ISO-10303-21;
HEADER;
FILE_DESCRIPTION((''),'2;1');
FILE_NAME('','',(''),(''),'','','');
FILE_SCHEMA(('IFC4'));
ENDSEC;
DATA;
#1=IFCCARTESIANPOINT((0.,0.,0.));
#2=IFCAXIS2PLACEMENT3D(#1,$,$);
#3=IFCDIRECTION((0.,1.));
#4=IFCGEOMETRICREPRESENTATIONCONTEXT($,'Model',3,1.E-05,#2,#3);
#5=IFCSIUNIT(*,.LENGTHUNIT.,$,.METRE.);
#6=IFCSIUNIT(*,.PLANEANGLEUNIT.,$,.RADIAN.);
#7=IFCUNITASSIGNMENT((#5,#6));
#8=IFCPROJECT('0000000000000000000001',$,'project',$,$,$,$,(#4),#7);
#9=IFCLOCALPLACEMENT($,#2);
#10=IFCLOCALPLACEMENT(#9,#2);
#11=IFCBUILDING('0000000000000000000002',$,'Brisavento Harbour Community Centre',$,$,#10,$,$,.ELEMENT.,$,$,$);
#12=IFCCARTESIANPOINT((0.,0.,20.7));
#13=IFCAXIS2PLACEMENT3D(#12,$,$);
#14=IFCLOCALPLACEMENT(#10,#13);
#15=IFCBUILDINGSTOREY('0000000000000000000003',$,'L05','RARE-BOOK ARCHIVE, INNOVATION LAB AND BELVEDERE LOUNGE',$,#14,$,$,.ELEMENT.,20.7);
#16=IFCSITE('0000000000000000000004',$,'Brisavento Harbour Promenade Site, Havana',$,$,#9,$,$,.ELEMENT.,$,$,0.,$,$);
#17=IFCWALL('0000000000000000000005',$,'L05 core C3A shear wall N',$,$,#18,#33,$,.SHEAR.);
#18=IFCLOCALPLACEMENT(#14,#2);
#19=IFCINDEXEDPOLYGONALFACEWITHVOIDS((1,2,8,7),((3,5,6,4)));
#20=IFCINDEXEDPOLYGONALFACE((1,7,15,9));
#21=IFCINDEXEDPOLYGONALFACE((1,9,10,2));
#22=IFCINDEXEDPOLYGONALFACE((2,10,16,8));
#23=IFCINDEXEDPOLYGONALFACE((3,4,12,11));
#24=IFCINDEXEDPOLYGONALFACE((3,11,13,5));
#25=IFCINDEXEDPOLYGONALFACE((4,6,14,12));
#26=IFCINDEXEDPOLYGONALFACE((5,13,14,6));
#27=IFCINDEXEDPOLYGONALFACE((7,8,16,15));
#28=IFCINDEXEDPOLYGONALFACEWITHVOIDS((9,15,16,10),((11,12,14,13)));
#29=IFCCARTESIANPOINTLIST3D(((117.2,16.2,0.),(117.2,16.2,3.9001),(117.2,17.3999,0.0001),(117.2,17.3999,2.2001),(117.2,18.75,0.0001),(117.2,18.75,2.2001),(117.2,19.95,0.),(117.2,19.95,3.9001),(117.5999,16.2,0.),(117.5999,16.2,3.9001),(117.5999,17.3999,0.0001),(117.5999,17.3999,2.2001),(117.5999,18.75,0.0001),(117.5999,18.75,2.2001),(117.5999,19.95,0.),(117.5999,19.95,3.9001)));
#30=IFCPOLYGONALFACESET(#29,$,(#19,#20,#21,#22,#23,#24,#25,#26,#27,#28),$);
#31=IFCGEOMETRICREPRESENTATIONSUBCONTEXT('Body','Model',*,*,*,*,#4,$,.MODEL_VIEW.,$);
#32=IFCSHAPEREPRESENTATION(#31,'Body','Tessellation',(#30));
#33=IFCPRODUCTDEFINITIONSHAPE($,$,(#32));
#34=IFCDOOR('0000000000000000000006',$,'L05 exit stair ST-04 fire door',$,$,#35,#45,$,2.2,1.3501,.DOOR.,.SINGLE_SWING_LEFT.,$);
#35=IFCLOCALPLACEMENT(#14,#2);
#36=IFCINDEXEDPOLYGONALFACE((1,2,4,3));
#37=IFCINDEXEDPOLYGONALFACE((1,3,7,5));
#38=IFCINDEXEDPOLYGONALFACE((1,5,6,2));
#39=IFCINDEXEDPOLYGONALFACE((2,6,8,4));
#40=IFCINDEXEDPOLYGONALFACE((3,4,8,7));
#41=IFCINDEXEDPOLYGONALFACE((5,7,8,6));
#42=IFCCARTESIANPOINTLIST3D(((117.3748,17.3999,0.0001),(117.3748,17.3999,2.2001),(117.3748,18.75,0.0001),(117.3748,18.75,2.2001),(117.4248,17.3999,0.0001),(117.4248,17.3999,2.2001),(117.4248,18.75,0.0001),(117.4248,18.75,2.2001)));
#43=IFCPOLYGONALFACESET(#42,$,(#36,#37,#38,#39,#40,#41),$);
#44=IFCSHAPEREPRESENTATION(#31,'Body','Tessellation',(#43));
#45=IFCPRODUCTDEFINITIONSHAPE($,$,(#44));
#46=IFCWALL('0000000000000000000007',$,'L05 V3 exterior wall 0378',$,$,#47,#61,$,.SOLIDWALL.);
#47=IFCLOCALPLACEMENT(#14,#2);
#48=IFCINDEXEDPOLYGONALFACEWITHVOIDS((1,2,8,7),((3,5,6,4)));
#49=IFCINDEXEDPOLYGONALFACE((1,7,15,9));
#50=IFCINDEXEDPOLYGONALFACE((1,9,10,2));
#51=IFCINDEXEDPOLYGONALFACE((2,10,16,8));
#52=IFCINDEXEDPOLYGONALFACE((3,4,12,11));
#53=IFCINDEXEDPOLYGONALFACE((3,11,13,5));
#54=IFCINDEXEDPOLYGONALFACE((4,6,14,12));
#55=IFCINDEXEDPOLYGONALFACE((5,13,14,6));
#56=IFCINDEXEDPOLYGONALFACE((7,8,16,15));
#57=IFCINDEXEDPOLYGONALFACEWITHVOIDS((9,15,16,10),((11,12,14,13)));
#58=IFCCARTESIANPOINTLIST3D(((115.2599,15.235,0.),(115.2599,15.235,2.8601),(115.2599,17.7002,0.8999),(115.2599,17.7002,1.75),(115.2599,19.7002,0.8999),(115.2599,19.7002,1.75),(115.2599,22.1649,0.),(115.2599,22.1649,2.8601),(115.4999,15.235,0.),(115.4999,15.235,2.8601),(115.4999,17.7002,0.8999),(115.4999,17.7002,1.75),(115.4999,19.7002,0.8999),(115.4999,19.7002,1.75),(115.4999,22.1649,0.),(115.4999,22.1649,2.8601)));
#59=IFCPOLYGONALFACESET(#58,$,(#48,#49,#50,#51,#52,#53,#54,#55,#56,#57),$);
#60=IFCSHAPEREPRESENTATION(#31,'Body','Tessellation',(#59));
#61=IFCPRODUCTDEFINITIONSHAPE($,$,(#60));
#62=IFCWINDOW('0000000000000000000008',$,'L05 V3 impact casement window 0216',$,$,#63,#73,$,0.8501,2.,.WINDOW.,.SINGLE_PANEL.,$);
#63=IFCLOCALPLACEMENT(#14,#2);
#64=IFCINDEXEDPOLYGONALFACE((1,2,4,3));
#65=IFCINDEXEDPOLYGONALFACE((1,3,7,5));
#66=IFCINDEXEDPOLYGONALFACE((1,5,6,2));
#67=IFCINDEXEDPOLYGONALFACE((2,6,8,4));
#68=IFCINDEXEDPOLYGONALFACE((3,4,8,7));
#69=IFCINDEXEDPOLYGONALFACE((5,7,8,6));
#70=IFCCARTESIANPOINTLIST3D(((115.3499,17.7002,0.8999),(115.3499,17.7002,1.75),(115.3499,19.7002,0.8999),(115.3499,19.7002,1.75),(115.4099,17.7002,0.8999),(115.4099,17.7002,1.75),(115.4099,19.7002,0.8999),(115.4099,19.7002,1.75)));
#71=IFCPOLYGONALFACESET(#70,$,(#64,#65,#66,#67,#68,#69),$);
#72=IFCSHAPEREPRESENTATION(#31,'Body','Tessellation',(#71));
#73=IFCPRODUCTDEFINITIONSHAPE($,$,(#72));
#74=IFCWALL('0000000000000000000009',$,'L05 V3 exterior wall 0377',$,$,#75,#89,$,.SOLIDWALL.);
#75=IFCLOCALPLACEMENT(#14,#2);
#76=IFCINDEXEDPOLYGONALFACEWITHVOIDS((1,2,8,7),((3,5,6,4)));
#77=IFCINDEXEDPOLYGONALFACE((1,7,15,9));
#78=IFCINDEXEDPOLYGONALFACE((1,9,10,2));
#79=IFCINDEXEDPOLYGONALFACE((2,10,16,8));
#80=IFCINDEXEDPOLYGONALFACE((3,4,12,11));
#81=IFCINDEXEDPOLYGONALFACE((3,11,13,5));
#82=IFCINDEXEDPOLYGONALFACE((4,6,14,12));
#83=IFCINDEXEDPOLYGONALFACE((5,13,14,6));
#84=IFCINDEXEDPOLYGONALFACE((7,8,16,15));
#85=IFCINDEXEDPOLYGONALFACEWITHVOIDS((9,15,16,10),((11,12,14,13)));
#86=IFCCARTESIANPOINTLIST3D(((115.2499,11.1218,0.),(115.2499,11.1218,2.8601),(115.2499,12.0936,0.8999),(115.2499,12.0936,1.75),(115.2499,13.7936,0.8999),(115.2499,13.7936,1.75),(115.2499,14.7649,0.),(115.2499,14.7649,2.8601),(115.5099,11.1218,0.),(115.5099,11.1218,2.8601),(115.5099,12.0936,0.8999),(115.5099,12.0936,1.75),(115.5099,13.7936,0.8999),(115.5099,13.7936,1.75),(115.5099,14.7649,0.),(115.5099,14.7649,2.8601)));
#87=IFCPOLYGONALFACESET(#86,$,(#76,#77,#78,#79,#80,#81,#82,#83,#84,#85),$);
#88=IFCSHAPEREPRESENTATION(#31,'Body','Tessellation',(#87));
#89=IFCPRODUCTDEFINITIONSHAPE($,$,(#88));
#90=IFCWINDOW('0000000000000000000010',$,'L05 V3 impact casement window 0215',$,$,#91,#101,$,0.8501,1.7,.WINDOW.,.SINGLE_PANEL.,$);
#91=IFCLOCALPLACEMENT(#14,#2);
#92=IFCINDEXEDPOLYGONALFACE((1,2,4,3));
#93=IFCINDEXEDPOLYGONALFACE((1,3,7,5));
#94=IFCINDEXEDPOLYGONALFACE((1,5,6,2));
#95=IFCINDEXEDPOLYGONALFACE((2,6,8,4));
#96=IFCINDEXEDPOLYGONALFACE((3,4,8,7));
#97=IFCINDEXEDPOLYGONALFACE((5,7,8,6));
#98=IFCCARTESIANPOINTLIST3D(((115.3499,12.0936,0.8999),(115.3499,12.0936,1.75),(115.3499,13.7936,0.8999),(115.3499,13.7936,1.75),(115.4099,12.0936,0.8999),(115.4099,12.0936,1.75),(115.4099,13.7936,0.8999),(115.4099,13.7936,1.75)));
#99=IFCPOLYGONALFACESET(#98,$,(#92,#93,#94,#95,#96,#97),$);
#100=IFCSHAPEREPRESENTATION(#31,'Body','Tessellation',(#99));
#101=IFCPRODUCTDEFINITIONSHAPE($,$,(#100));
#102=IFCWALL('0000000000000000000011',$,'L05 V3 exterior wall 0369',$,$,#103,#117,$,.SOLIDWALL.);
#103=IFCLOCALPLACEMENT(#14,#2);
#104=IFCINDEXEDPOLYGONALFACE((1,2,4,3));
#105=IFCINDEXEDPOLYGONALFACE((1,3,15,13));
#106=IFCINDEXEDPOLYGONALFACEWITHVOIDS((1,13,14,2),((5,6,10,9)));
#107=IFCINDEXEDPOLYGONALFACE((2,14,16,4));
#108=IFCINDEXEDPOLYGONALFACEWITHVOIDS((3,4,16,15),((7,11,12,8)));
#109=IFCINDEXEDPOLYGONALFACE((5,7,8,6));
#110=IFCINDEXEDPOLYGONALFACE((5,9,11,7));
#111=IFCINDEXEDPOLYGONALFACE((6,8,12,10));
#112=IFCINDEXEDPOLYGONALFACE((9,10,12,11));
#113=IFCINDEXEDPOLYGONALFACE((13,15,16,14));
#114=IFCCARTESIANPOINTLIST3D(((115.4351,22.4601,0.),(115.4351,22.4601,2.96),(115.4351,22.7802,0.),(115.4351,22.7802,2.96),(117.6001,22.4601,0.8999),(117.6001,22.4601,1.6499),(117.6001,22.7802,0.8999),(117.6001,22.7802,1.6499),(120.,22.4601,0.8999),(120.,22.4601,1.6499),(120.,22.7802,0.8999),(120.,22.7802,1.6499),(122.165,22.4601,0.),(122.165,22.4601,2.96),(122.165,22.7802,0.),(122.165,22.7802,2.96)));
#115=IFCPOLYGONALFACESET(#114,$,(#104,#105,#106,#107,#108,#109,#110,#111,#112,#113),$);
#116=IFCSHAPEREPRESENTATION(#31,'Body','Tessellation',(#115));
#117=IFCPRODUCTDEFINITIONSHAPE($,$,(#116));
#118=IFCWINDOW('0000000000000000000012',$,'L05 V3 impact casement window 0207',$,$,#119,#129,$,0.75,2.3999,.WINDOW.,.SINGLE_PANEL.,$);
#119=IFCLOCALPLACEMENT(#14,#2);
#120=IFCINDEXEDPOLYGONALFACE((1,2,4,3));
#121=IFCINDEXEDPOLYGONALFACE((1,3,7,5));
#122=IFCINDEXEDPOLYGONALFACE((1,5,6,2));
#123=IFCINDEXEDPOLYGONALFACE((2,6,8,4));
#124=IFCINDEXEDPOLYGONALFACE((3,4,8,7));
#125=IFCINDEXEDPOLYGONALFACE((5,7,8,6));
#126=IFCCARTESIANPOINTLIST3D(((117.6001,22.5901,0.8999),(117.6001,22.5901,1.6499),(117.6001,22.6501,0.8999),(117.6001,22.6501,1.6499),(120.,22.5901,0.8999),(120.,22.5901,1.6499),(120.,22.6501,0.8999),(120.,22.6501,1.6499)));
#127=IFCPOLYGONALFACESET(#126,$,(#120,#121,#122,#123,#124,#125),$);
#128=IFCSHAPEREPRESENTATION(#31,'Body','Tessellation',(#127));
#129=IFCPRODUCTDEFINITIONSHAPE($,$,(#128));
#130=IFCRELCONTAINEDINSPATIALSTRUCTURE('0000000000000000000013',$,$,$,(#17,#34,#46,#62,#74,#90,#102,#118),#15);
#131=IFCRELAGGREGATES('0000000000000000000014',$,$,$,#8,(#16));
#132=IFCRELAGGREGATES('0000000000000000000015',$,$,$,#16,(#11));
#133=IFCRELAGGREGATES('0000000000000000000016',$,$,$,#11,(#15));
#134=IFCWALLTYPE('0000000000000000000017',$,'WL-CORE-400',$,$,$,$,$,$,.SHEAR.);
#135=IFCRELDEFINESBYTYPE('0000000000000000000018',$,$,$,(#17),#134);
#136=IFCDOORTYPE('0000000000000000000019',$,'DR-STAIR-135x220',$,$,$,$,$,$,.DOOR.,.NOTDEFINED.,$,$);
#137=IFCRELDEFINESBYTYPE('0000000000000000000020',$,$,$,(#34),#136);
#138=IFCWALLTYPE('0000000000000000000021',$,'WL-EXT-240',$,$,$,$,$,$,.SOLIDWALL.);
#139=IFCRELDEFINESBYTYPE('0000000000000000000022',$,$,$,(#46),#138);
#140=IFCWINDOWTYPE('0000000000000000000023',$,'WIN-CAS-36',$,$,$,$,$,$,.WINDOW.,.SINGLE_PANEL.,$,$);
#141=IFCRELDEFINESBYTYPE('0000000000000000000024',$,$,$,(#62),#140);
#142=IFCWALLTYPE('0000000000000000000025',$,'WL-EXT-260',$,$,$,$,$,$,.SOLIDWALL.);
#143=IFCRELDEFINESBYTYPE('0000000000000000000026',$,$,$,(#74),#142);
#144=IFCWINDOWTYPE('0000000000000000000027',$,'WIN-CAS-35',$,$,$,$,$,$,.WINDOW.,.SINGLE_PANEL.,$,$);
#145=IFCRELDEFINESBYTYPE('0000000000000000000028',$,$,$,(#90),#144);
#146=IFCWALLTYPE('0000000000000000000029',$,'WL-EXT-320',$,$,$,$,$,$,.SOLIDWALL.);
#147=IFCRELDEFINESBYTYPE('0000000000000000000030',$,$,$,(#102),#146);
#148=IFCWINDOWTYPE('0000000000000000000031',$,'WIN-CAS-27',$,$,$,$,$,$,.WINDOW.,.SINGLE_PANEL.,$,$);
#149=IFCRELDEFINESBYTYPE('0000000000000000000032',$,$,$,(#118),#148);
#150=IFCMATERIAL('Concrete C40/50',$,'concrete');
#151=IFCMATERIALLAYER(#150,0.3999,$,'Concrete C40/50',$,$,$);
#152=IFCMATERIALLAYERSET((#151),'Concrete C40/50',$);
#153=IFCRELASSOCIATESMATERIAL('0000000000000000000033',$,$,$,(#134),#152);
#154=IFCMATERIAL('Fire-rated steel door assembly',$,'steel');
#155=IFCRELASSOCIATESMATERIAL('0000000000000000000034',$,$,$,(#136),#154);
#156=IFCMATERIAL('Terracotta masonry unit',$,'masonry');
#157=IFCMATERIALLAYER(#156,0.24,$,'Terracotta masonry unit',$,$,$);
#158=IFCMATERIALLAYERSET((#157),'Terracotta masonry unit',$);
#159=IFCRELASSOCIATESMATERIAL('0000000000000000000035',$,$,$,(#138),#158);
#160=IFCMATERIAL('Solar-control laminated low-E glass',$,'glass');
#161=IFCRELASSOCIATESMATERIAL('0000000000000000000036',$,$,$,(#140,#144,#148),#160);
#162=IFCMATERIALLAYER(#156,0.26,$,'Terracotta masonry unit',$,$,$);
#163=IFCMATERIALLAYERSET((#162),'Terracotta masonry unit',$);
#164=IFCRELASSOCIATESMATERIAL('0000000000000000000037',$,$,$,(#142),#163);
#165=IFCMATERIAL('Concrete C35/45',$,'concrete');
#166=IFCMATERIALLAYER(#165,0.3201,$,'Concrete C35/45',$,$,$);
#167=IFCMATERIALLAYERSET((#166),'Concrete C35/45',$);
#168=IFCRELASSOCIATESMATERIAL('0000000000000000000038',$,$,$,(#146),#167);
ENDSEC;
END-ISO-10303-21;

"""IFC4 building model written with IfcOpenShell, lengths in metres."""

from ifc_helpers import new_model, si_unit, direction, frame, frame_2d, origin, place, context, subcontext, project, spatial, rectangle, extrude, material, layer, layer_set, type_object, element, fill, save


model = new_model("IFC4")

# Units and contexts
model_context = context("Model", 3, precision=1e-05, world=origin(), true_north=direction((0.0, 1.0)))
body_context = subcontext(model_context, "Body", "Model", "MODEL_VIEW")
ifc_project = project(units=[si_unit("LENGTHUNIT", "METRE"), si_unit("PLANEANGLEUNIT", "RADIAN")], contexts=[model_context])

# Site, building, storey
site_placement = place(None, origin())
site = spatial("IfcSite", under=ifc_project, at=site_placement, Name="Brisavento Harbour Promenade Site, Havana", CompositionType="ELEMENT", RefElevation=0.0)
building_placement = place(site_placement, origin())
building = spatial("IfcBuilding", under=site, at=building_placement, Name="Brisavento Harbour Community Centre", CompositionType="ELEMENT")
storey_placement = place(building_placement, frame((0.0, 0.0, 20.7)))
storey = spatial("IfcBuildingStorey", under=building, at=storey_placement, Name="L05", Description="RARE-BOOK ARCHIVE, INNOVATION LAB AND BELVEDERE LOUNGE", CompositionType="ELEMENT", Elevation=20.7)

# Shared definitions
ifc_material_1 = material(Name="Concrete C35/45", Category="concrete")

# Shared definitions
ifc_material_2 = material(Name="Concrete C40/50", Category="concrete")
ifc_layer_1 = layer(ifc_material_2, 0.3999, Name="Concrete C40/50")
ifc_layer_set_1 = layer_set([ifc_layer_1], Name="Concrete C40/50")
wall_type_1 = type_object("IfcWallType", Name="WL-CORE-400", PredefinedType="SHEAR", material=ifc_layer_set_1)

# Wall, opening, door
wall_1_placement = place(storey_placement, frame((117.3999, 19.95, 0.0), z_axis=(0.0, 0.0, 1.0), x_axis=(0.0, -1.0, 0.0)))
wall_1 = element("IfcWall", 1, at=wall_1_placement, inside=storey, type_object=wall_type_1, Name="L05 core C3A shear wall N", PredefinedType="SHEAR", context=body_context, shape_type="SweptSolid", body=[
    extrude(rectangle(XDim=3.75, YDim=0.3999, at=frame_2d((1.875, 0.0))), origin(), (0.0, 0.0, 1.0), 3.9001),
])
opening_1_placement = place(wall_1_placement, frame((1.2, 0.0, 0.0)))
opening_1 = element("IfcOpeningElement", 2, at=opening_1_placement, cuts=wall_1, PredefinedType="OPENING", context=body_context, shape_type="SweptSolid", body=[
    extrude(rectangle(XDim=1.3501, YDim=2.2, at=frame_2d((0.675, 1.1001))), frame((0.0, 0.21, 0.0), z_axis=(0.0, -1.0, 0.0), x_axis=(1.0, 0.0, 0.0)), (0.0, 0.0, 1.0), 0.4199),
])
ifc_material_3 = material(Name="Fire-rated steel door assembly", Category="steel")
door_type = type_object("IfcDoorType", Name="DR-STAIR-135x220", OperationType="NOTDEFINED", PredefinedType="DOOR", material=ifc_material_3)
door_placement = place(opening_1_placement, origin())
door = element("IfcDoor", 3, at=door_placement, inside=storey, type_object=door_type, Name="L05 exit stair ST-04 fire door", OperationType="SINGLE_SWING_LEFT", OverallHeight=2.2, OverallWidth=1.3501, PredefinedType="DOOR", context=body_context, shape_type="SweptSolid", body=[
    extrude(rectangle(XDim=1.3501, YDim=2.2, at=frame_2d((0.675, 1.1001))), frame((0.0, 0.0249, 0.0), z_axis=(0.0, -1.0, 0.0), x_axis=(1.0, 0.0, 0.0)), (0.0, 0.0, 1.0), 0.05),
])
fill(opening_1, door)

# Walls, openings, windows
ifc_material_4 = material(Name="Terracotta masonry unit", Category="masonry")
ifc_layer_2 = layer(ifc_material_4, 0.24, Name="Terracotta masonry unit")
ifc_layer_set_2 = layer_set([ifc_layer_2], Name="Terracotta masonry unit")
wall_type_2 = type_object("IfcWallType", Name="WL-EXT-240", PredefinedType="SOLIDWALL", material=ifc_layer_set_2)
wall_2_placement = place(storey_placement, frame((115.3799, 15.2351, 0.0), z_axis=(0.0, 0.0, 1.0), x_axis=(0.0, 1.0, 0.0)))
wall_2 = element("IfcWall", 4, at=wall_2_placement, inside=storey, type_object=wall_type_2, Name="L05 V3 exterior wall 0378", PredefinedType="SOLIDWALL", context=body_context, shape_type="SweptSolid", body=[
    extrude(rectangle(XDim=6.9299, YDim=0.24, at=frame_2d((3.4648, 0.0))), origin(), (0.0, 0.0, 1.0), 2.8601),
])
opening_2_placement = place(wall_2_placement, frame((2.4651, 0.0, 0.8999)))
opening_2 = element("IfcOpeningElement", 5, at=opening_2_placement, cuts=wall_2, PredefinedType="OPENING", context=body_context, shape_type="SweptSolid", body=[
    extrude(rectangle(XDim=2.0, YDim=0.8501, at=frame_2d((1.0, 0.425))), frame((0.0, 0.1299, 0.0), z_axis=(0.0, -1.0, 0.0), x_axis=(1.0, 0.0, 0.0)), (0.0, 0.0, 1.0), 0.26),
])
ifc_material_5 = material(Name="Solar-control laminated low-E glass", Category="glass")
window_type_1 = type_object("IfcWindowType", Name="WIN-CAS-36", PartitioningType="SINGLE_PANEL", PredefinedType="WINDOW", material=ifc_material_5)
window_1_placement = place(opening_2_placement, origin())
window_1 = element("IfcWindow", 6, at=window_1_placement, inside=storey, type_object=window_type_1, Name="L05 V3 impact casement window 0216", OverallHeight=0.8501, OverallWidth=2.0, PartitioningType="SINGLE_PANEL", PredefinedType="WINDOW", context=body_context, shape_type="SweptSolid", body=[
    extrude(rectangle(XDim=2.0, YDim=0.8501, at=frame_2d((1.0, 0.425))), frame((0.0, 0.03, 0.0), z_axis=(0.0, -1.0, 0.0), x_axis=(1.0, 0.0, 0.0)), (0.0, 0.0, 1.0), 0.0601),
])
fill(opening_2, window_1)
ifc_layer_3 = layer(ifc_material_4, 0.26, Name="Terracotta masonry unit")
ifc_layer_set_3 = layer_set([ifc_layer_3], Name="Terracotta masonry unit")
wall_type_3 = type_object("IfcWallType", Name="WL-EXT-260", PredefinedType="SOLIDWALL", material=ifc_layer_set_3)
wall_3_placement = place(storey_placement, frame((115.3799, 11.1218, 0.0), z_axis=(0.0, 0.0, 1.0), x_axis=(0.0, 1.0, 0.0)))
wall_3 = element("IfcWall", 7, at=wall_3_placement, inside=storey, type_object=wall_type_3, Name="L05 V3 exterior wall 0377", PredefinedType="SOLIDWALL", context=body_context, shape_type="SweptSolid", body=[
    extrude(rectangle(XDim=3.6431, YDim=0.26, at=frame_2d((1.8215, 0.0))), origin(), (0.0, 0.0, 1.0), 2.8601),
])
opening_3_placement = place(wall_3_placement, frame((0.9717, 0.0, 0.8999)))
opening_3 = element("IfcOpeningElement", 8, at=opening_3_placement, cuts=wall_3, PredefinedType="OPENING", context=body_context, shape_type="SweptSolid", body=[
    extrude(rectangle(XDim=1.7, YDim=0.8501, at=frame_2d((0.8501, 0.425))), frame((0.0, 0.1401, 0.0), z_axis=(0.0, -1.0, 0.0), x_axis=(1.0, 0.0, 0.0)), (0.0, 0.0, 1.0), 0.28),
])
window_type_2 = type_object("IfcWindowType", Name="WIN-CAS-35", PartitioningType="SINGLE_PANEL", PredefinedType="WINDOW", material=ifc_material_5)
window_2_placement = place(opening_3_placement, origin())
window_2 = element("IfcWindow", 9, at=window_2_placement, inside=storey, type_object=window_type_2, Name="L05 V3 impact casement window 0215", OverallHeight=0.8501, OverallWidth=1.7, PartitioningType="SINGLE_PANEL", PredefinedType="WINDOW", context=body_context, shape_type="SweptSolid", body=[
    extrude(rectangle(XDim=1.7, YDim=0.8501, at=frame_2d((0.8501, 0.425))), frame((0.0, 0.03, 0.0), z_axis=(0.0, -1.0, 0.0), x_axis=(1.0, 0.0, 0.0)), (0.0, 0.0, 1.0), 0.0601),
])
fill(opening_3, window_2)
ifc_layer_4 = layer(ifc_material_1, 0.3201, Name="Concrete C35/45")
ifc_layer_set_4 = layer_set([ifc_layer_4], Name="Concrete C35/45")
wall_type_4 = type_object("IfcWallType", Name="WL-EXT-320", PredefinedType="SOLIDWALL", material=ifc_layer_set_4)
wall_4_placement = place(storey_placement, frame((115.4351, 22.6201, 0.0), z_axis=(0.0, 0.0, 1.0), x_axis=(1.0, 0.0, 0.0)))
wall_4 = element("IfcWall", 10, at=wall_4_placement, inside=storey, type_object=wall_type_4, Name="L05 V3 exterior wall 0369", PredefinedType="SOLIDWALL", context=body_context, shape_type="SweptSolid", body=[
    extrude(rectangle(XDim=6.73, YDim=0.3201, at=frame_2d((3.365, 0.0))), origin(), (0.0, 0.0, 1.0), 2.96),
])
opening_4_placement = place(wall_4_placement, frame((2.165, 0.0, 0.8999)))
opening_4 = element("IfcOpeningElement", 11, at=opening_4_placement, cuts=wall_4, PredefinedType="OPENING", context=body_context, shape_type="SweptSolid", body=[
    extrude(rectangle(XDim=2.3999, YDim=0.75, at=frame_2d((1.2, 0.375))), frame((0.0, 0.1699, 0.0), z_axis=(0.0, -1.0, 0.0), x_axis=(1.0, 0.0, 0.0)), (0.0, 0.0, 1.0), 0.3401),
])
window_type_3 = type_object("IfcWindowType", Name="WIN-CAS-27", PartitioningType="SINGLE_PANEL", PredefinedType="WINDOW", material=ifc_material_5)
window_3_placement = place(opening_4_placement, origin())
window_3 = element("IfcWindow", 12, at=window_3_placement, inside=storey, type_object=window_type_3, Name="L05 V3 impact casement window 0207", OverallHeight=0.75, OverallWidth=2.3999, PartitioningType="SINGLE_PANEL", PredefinedType="WINDOW", context=body_context, shape_type="SweptSolid", body=[
    extrude(rectangle(XDim=2.3999, YDim=0.75, at=frame_2d((1.2, 0.375))), frame((0.0, 0.03, 0.0), z_axis=(0.0, -1.0, 0.0), x_axis=(1.0, 0.0, 0.0)), (0.0, 0.0, 1.0), 0.0601),
])
fill(opening_4, window_3)

save(model, "model.ifc")
